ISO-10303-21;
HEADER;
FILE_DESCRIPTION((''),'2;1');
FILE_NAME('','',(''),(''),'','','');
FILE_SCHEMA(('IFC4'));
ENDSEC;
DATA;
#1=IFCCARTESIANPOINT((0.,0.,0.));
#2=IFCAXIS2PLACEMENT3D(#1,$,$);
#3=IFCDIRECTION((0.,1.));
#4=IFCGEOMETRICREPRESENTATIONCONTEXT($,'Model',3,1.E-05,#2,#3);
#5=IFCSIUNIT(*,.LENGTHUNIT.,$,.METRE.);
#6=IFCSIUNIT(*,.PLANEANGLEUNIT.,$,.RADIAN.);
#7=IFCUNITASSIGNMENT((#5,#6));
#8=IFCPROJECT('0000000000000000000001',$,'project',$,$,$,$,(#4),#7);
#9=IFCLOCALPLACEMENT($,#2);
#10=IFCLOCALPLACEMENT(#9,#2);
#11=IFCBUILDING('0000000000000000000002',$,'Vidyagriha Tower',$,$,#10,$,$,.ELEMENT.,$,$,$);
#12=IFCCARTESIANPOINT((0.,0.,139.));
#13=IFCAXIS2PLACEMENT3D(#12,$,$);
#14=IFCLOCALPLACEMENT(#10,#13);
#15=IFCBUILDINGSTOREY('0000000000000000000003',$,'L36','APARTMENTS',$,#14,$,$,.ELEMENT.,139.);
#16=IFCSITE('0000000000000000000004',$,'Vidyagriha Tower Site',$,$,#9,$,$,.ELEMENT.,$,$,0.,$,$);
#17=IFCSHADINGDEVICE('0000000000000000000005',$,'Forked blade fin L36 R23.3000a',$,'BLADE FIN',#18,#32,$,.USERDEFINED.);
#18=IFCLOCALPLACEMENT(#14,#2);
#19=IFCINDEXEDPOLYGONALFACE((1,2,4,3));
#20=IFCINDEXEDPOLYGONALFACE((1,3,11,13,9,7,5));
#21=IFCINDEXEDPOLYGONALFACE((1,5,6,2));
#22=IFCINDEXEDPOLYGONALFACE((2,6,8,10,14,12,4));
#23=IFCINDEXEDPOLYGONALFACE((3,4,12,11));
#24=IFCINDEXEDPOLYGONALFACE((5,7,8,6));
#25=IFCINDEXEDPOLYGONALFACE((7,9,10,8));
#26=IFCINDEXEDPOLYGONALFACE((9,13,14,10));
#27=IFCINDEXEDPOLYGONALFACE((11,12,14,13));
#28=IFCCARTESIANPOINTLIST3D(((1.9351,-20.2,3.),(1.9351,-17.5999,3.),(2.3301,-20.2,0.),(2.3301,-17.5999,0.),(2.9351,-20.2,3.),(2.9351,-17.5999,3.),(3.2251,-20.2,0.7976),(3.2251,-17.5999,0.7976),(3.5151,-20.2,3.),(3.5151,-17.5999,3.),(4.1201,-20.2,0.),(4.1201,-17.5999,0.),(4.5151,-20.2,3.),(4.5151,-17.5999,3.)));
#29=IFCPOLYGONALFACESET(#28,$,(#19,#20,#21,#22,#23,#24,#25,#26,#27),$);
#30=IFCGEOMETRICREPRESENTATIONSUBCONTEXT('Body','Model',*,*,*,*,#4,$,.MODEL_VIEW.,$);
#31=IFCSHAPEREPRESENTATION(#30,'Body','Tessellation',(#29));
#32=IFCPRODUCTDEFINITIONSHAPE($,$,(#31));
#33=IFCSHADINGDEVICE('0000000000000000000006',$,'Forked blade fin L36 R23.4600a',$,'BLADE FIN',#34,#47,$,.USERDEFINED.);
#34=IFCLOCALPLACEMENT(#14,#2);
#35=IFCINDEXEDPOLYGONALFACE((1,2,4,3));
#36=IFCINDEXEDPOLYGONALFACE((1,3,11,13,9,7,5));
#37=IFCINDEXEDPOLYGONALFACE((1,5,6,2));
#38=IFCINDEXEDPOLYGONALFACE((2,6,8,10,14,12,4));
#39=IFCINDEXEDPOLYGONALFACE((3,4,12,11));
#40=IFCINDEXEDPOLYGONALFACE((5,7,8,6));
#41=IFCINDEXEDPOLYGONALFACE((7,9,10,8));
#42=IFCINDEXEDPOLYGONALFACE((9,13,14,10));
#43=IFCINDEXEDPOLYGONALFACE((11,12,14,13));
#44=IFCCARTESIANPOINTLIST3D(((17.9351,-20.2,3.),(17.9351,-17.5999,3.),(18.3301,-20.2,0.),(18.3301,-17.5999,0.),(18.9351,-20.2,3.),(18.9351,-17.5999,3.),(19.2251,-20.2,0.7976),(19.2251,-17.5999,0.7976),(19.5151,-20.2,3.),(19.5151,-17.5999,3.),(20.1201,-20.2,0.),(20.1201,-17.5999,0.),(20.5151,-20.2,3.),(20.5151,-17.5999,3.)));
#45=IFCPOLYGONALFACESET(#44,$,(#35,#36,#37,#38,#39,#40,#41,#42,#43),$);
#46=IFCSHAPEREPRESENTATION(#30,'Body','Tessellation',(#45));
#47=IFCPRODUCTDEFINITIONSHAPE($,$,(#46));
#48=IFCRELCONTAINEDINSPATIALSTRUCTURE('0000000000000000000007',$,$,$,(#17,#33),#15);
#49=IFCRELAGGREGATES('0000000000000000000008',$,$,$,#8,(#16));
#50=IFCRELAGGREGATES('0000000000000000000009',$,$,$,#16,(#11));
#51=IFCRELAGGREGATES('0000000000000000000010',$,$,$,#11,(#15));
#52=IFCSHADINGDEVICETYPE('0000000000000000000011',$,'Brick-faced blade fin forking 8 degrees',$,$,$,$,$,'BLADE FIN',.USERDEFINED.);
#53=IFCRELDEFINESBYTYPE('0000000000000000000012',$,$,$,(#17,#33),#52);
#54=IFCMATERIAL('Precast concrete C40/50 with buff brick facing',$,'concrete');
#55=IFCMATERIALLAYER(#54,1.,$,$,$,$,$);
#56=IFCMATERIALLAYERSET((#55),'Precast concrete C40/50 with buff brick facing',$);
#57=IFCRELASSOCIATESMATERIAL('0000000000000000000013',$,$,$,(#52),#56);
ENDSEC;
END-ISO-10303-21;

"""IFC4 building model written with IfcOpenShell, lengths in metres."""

from ifc_helpers import new_model, si_unit, direction, frame, origin, place, context, subcontext, project, spatial, polyline, outline, extrude, material, layer, layer_set, type_object, element, save


model = new_model("IFC4")

# Units and contexts
model_context = context("Model", 3, precision=1e-05, world=origin(), true_north=direction((0.0, 1.0)))
body_context = subcontext(model_context, "Body", "Model", "MODEL_VIEW")
ifc_project = project(units=[si_unit("LENGTHUNIT", "METRE"), si_unit("PLANEANGLEUNIT", "RADIAN")], contexts=[model_context])

# Site, building, storey
site_placement = place(None, origin())
site = spatial("IfcSite", under=ifc_project, at=site_placement, Name="Vidyagriha Tower Site", CompositionType="ELEMENT", RefElevation=0.0)
building_placement = place(site_placement, origin())
building = spatial("IfcBuilding", under=site, at=building_placement, Name="Vidyagriha Tower", CompositionType="ELEMENT")
storey_placement = place(building_placement, frame((0.0, 0.0, 139.0)))
storey = spatial("IfcBuildingStorey", under=building, at=storey_placement, Name="L36", Description="APARTMENTS", CompositionType="ELEMENT", Elevation=139.0)

# Shading devices
ifc_material_1 = material(Name="Precast concrete C40/50 with buff brick facing", Category="concrete")
ifc_layer_1 = layer(ifc_material_1, 1.0)
ifc_layer_set_1 = layer_set([ifc_layer_1], Name="Precast concrete C40/50 with buff brick facing")
shading_device_type_1 = type_object("IfcShadingDeviceType", Name="Brick-faced blade fin forking 8 degrees", ElementType="BLADE FIN", PredefinedType="USERDEFINED", material=ifc_layer_set_1)
for number, where, name in (
    (1, (1.9351, -18.8999, 0.0), "Forked blade fin L36 R23.3000a"),
    (2, (17.9351, -18.8999, 0.0), "Forked blade fin L36 R23.4600a"),
):
    element("IfcShadingDevice", number, at=place(storey_placement, frame(where)), inside=storey, type_object=shading_device_type_1, Name=name, ObjectType="BLADE FIN", PredefinedType="USERDEFINED", context=body_context, shape_type="SweptSolid", body=[
        extrude(outline(polyline([(0.395, 0.0), (2.1851, 0.0), (2.5801, 3.0), (1.5801, 3.0), (1.29, 0.7976), (1.0, 3.0), (0.0, 3.0), (0.395, 0.0)])), frame((0.0, 1.3, 0.0), z_axis=(0.0, -1.0, 0.0), x_axis=(1.0, 0.0, 0.0)), (0.0, 0.0, 1.0), 2.6001),
    ])

save(model, "model.ifc")
